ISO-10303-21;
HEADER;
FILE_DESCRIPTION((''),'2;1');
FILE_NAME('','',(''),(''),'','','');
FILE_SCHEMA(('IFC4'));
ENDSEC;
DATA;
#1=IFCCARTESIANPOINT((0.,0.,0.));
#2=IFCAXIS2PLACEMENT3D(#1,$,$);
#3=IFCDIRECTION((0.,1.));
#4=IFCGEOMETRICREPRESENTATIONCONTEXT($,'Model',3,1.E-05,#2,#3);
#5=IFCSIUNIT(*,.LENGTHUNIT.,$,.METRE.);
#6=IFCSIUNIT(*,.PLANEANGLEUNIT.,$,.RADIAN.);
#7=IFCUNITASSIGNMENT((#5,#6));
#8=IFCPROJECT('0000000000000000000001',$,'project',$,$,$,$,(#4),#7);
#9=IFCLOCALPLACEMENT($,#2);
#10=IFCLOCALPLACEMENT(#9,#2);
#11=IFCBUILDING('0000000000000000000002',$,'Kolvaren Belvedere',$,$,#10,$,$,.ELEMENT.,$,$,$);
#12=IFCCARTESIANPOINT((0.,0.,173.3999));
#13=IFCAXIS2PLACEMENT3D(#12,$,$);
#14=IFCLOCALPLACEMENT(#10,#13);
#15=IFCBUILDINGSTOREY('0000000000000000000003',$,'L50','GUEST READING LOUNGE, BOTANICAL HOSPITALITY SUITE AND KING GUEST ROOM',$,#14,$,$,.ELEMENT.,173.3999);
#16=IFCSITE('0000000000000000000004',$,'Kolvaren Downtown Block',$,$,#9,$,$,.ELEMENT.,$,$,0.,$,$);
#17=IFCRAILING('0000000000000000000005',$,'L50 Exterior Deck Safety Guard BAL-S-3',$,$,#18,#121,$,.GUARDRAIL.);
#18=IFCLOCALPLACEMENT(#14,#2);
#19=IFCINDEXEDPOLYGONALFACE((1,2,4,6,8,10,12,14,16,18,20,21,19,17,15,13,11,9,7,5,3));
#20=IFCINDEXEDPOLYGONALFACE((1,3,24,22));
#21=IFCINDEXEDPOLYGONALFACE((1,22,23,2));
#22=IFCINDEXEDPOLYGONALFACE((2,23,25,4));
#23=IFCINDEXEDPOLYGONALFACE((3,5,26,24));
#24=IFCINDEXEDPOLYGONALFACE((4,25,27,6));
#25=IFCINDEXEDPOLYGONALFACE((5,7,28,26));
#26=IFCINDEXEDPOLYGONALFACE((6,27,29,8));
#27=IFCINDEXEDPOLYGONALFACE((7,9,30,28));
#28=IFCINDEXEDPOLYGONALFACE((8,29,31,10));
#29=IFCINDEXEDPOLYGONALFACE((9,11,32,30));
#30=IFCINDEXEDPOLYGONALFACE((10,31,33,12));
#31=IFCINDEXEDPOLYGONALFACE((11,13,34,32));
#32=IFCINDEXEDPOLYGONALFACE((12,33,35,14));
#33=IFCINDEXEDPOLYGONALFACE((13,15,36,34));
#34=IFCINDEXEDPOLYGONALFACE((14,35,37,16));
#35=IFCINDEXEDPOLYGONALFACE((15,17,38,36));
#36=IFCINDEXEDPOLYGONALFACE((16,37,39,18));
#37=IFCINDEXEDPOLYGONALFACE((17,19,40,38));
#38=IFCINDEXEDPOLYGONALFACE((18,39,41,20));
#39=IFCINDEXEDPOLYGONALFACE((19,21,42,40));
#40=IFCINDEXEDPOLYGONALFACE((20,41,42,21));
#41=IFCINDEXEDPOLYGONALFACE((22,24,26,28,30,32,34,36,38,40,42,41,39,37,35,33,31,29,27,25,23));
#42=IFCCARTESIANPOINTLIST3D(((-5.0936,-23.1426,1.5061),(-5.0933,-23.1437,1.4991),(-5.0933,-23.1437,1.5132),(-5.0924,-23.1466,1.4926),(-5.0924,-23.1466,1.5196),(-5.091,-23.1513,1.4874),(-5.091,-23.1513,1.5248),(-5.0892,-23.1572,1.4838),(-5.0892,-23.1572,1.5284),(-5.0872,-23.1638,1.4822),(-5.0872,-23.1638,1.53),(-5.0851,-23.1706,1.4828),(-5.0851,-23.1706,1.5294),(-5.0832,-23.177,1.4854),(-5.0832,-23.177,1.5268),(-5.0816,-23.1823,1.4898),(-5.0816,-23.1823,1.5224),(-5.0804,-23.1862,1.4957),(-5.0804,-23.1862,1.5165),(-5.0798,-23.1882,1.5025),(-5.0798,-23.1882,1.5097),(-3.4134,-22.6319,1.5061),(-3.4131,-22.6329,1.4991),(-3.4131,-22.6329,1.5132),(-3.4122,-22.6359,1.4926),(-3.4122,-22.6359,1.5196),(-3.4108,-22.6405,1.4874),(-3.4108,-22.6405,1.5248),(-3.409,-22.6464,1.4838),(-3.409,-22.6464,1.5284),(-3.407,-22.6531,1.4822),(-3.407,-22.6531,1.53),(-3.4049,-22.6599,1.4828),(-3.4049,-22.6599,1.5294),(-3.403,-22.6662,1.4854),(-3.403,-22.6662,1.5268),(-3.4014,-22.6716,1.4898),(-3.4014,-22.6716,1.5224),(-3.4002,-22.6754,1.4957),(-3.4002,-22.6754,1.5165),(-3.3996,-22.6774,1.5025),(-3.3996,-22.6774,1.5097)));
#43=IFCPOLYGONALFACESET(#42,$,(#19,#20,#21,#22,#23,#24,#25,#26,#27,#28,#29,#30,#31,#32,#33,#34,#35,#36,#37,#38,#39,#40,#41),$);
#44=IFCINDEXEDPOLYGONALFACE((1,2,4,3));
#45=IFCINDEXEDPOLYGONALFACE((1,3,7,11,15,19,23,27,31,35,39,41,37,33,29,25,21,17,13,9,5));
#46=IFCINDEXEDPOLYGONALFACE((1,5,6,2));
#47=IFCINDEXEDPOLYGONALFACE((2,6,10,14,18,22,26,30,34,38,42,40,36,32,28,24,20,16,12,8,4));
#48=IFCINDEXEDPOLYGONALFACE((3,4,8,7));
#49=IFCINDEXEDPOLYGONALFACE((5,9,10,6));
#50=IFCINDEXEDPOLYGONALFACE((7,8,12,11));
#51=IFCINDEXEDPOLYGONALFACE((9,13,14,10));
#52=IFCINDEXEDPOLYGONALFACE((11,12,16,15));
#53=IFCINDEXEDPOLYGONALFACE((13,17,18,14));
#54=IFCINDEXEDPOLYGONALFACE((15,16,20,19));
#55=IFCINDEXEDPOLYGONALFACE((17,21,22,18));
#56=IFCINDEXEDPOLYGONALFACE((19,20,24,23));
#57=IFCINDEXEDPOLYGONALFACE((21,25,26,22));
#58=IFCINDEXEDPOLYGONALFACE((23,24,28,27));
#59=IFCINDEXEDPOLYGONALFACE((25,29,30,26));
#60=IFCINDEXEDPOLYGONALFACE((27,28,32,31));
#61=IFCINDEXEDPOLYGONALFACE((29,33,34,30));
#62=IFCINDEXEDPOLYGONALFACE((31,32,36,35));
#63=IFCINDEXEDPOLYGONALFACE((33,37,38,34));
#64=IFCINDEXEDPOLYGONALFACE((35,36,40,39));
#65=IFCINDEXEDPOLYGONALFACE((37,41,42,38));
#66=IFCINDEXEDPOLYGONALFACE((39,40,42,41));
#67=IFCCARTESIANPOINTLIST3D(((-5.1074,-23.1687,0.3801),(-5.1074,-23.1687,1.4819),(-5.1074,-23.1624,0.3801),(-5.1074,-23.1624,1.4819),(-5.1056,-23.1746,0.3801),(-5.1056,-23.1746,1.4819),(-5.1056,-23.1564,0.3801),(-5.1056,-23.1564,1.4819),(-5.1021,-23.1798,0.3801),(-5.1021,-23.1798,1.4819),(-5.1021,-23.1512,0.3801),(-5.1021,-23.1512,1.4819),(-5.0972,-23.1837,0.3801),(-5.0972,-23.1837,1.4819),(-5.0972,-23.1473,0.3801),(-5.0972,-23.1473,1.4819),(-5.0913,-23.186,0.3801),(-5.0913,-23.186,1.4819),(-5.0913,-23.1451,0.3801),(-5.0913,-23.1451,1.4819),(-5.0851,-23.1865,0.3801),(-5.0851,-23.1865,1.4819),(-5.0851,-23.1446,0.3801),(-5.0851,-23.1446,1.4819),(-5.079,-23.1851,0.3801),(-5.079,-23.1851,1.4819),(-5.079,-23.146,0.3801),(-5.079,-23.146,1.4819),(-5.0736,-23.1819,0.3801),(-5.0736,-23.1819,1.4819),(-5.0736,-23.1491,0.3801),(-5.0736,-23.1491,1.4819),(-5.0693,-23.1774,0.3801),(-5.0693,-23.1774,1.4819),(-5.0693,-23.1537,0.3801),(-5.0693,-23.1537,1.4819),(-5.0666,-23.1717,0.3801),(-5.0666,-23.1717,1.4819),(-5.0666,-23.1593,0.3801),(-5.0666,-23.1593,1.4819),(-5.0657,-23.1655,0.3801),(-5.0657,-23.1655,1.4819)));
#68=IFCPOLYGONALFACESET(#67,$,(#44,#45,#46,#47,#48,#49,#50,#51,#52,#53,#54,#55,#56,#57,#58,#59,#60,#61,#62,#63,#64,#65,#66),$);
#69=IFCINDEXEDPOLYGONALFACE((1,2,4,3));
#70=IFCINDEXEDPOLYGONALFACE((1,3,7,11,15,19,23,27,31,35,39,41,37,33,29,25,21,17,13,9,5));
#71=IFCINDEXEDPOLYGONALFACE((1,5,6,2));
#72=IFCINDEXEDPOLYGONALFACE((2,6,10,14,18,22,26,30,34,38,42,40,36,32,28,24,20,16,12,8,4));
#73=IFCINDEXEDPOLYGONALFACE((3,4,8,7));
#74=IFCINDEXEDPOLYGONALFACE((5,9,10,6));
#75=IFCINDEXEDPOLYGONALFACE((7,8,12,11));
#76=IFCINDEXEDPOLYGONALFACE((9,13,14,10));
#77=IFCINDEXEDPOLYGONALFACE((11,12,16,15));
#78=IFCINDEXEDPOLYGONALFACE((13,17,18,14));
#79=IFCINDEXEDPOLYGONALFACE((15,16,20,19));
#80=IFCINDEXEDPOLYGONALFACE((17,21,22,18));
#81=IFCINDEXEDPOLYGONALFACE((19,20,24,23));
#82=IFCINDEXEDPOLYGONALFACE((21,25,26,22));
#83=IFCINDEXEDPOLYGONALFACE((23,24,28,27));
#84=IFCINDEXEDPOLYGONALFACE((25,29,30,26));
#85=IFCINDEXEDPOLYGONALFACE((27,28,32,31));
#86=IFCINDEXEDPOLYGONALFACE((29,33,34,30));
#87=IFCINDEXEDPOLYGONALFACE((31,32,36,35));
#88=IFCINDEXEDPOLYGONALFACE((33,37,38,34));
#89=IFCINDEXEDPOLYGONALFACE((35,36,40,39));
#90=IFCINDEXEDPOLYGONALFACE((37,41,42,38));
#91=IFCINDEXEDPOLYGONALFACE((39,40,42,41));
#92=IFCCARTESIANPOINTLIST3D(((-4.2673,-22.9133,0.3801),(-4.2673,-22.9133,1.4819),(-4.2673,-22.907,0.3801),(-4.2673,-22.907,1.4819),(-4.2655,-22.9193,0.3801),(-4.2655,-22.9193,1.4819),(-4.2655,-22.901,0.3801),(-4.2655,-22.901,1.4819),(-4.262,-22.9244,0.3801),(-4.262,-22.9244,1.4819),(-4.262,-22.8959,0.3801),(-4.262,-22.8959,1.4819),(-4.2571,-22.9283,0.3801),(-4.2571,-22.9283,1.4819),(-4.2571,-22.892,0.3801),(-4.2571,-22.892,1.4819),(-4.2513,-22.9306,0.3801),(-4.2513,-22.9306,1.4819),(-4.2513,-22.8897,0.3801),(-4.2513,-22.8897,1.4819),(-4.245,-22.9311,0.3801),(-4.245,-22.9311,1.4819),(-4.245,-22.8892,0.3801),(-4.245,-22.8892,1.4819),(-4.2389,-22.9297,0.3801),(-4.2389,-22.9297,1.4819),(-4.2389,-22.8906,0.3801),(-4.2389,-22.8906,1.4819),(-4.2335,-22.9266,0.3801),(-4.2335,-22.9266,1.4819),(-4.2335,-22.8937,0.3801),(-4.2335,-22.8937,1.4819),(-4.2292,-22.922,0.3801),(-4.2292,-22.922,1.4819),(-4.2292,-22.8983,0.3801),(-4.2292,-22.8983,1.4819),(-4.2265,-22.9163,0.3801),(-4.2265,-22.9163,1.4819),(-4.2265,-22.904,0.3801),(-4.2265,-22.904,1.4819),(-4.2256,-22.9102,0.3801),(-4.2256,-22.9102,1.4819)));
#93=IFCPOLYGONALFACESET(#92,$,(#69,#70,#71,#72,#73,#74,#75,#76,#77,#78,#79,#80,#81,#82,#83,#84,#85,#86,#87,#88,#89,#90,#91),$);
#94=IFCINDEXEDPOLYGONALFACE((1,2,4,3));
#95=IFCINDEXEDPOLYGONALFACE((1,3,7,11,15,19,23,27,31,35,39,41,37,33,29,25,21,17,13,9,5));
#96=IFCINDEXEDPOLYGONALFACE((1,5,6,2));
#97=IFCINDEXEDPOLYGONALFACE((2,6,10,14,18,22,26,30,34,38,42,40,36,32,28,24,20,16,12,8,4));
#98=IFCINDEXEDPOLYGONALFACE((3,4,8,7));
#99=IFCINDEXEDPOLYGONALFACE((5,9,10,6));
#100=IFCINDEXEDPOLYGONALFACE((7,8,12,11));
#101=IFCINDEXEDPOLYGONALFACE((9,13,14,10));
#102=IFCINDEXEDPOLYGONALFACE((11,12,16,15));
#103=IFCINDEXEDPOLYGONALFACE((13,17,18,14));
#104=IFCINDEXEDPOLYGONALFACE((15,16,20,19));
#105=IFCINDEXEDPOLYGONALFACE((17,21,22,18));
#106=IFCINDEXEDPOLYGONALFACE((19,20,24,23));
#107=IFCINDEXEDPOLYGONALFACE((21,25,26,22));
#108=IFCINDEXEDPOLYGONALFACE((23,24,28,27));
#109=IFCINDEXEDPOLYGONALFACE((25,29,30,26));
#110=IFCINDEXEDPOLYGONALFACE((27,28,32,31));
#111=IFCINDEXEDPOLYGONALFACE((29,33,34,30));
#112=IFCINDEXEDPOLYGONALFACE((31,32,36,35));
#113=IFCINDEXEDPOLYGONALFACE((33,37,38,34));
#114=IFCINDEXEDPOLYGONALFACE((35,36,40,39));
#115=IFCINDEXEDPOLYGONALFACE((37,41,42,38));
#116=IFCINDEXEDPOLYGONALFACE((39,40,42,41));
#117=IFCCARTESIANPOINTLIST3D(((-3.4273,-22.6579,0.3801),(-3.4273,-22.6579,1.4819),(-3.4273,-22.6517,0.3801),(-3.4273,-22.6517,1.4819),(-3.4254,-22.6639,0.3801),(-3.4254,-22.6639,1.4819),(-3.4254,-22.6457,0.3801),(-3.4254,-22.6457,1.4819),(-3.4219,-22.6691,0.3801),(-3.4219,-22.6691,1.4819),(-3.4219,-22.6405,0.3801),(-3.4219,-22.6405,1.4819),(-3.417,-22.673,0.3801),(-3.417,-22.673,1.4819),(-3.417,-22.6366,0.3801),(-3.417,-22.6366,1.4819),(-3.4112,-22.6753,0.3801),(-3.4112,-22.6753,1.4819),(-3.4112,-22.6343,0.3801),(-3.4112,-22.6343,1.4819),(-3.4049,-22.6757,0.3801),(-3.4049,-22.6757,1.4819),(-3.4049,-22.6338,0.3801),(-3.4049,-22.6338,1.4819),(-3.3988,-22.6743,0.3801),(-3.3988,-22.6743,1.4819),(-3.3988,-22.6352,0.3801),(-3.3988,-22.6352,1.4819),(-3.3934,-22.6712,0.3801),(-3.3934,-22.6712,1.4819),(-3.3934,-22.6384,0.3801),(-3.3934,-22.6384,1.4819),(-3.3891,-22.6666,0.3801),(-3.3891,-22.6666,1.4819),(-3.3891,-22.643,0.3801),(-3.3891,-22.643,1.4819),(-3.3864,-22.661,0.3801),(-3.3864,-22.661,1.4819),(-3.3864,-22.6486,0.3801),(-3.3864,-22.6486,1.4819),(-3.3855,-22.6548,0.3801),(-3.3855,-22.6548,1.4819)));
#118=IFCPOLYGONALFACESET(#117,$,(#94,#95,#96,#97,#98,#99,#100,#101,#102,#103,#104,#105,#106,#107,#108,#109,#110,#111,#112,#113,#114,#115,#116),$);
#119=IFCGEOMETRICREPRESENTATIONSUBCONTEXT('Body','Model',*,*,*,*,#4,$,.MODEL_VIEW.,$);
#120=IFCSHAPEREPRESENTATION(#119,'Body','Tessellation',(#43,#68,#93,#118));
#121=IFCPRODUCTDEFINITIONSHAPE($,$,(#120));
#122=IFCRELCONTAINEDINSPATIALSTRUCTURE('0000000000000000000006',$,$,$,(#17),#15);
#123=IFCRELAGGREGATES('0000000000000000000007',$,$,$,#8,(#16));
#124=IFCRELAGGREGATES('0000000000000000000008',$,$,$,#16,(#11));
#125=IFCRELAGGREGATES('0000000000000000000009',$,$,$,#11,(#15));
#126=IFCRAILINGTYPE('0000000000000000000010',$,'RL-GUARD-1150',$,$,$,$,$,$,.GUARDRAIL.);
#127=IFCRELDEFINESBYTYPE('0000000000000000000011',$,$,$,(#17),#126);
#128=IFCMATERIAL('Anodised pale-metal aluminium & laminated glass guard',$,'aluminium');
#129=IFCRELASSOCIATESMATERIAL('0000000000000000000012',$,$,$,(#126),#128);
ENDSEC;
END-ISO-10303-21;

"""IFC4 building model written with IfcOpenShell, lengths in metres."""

from ifc_helpers import new_model, si_unit, direction, frame, origin, origin_2d, place, context, subcontext, project, spatial, circle, extrude, material, type_object, element, save


model = new_model("IFC4")

# Units and contexts
model_context = context("Model", 3, precision=1e-05, world=origin(), true_north=direction((0.0, 1.0)))
body_context = subcontext(model_context, "Body", "Model", "MODEL_VIEW")
ifc_project = project(units=[si_unit("LENGTHUNIT", "METRE"), si_unit("PLANEANGLEUNIT", "RADIAN")], contexts=[model_context])

# Site, building, storey
site_placement = place(None, origin())
site = spatial("IfcSite", under=ifc_project, at=site_placement, Name="Kolvaren Downtown Block", CompositionType="ELEMENT", RefElevation=0.0)
building_placement = place(site_placement, origin())
building = spatial("IfcBuilding", under=site, at=building_placement, Name="Kolvaren Belvedere", CompositionType="ELEMENT")
storey_placement = place(building_placement, frame((0.0, 0.0, 173.3999)))
storey = spatial("IfcBuildingStorey", under=building, at=storey_placement, Name="L50", Description="GUEST READING LOUNGE, BOTANICAL HOSPITALITY SUITE AND KING GUEST ROOM", CompositionType="ELEMENT", Elevation=173.3999)

# Railing
ifc_material_1 = material(Name="Anodised pale-metal aluminium & laminated glass guard", Category="aluminium")
railing_type = type_object("IfcRailingType", Name="RL-GUARD-1150", PredefinedType="GUARDRAIL", material=ifc_material_1)
railing_1_placement = place(storey_placement, frame((-5.0867, -23.1655, 0.3801)))
element("IfcRailing", 1, at=railing_1_placement, inside=storey, type_object=railing_type, Name="L50 Exterior Deck Safety Guard BAL-S-3", PredefinedType="GUARDRAIL", context=body_context, shape_type="SweptSolid", body=[
    extrude(circle(Radius=0.0239, at=origin_2d()), frame((0.0, 0.0, 1.126), z_axis=(0.956771, 0.290841, 0.0), x_axis=(-0.290841, 0.956771, 0.0)), (0.0, 0.0, 1.0), 1.7561),
    extrude(circle(Radius=0.021, at=origin_2d()), origin(), (0.0, 0.0, 1.0), 1.1018),
    extrude(circle(Radius=0.021, at=origin_2d()), frame((0.8401, 0.2554, 0.0)), (0.0, 0.0, 1.0), 1.1018),
    extrude(circle(Radius=0.021, at=origin_2d()), frame((1.6802, 0.5107, 0.0)), (0.0, 0.0, 1.0), 1.1018),
])

save(model, "model.ifc")
